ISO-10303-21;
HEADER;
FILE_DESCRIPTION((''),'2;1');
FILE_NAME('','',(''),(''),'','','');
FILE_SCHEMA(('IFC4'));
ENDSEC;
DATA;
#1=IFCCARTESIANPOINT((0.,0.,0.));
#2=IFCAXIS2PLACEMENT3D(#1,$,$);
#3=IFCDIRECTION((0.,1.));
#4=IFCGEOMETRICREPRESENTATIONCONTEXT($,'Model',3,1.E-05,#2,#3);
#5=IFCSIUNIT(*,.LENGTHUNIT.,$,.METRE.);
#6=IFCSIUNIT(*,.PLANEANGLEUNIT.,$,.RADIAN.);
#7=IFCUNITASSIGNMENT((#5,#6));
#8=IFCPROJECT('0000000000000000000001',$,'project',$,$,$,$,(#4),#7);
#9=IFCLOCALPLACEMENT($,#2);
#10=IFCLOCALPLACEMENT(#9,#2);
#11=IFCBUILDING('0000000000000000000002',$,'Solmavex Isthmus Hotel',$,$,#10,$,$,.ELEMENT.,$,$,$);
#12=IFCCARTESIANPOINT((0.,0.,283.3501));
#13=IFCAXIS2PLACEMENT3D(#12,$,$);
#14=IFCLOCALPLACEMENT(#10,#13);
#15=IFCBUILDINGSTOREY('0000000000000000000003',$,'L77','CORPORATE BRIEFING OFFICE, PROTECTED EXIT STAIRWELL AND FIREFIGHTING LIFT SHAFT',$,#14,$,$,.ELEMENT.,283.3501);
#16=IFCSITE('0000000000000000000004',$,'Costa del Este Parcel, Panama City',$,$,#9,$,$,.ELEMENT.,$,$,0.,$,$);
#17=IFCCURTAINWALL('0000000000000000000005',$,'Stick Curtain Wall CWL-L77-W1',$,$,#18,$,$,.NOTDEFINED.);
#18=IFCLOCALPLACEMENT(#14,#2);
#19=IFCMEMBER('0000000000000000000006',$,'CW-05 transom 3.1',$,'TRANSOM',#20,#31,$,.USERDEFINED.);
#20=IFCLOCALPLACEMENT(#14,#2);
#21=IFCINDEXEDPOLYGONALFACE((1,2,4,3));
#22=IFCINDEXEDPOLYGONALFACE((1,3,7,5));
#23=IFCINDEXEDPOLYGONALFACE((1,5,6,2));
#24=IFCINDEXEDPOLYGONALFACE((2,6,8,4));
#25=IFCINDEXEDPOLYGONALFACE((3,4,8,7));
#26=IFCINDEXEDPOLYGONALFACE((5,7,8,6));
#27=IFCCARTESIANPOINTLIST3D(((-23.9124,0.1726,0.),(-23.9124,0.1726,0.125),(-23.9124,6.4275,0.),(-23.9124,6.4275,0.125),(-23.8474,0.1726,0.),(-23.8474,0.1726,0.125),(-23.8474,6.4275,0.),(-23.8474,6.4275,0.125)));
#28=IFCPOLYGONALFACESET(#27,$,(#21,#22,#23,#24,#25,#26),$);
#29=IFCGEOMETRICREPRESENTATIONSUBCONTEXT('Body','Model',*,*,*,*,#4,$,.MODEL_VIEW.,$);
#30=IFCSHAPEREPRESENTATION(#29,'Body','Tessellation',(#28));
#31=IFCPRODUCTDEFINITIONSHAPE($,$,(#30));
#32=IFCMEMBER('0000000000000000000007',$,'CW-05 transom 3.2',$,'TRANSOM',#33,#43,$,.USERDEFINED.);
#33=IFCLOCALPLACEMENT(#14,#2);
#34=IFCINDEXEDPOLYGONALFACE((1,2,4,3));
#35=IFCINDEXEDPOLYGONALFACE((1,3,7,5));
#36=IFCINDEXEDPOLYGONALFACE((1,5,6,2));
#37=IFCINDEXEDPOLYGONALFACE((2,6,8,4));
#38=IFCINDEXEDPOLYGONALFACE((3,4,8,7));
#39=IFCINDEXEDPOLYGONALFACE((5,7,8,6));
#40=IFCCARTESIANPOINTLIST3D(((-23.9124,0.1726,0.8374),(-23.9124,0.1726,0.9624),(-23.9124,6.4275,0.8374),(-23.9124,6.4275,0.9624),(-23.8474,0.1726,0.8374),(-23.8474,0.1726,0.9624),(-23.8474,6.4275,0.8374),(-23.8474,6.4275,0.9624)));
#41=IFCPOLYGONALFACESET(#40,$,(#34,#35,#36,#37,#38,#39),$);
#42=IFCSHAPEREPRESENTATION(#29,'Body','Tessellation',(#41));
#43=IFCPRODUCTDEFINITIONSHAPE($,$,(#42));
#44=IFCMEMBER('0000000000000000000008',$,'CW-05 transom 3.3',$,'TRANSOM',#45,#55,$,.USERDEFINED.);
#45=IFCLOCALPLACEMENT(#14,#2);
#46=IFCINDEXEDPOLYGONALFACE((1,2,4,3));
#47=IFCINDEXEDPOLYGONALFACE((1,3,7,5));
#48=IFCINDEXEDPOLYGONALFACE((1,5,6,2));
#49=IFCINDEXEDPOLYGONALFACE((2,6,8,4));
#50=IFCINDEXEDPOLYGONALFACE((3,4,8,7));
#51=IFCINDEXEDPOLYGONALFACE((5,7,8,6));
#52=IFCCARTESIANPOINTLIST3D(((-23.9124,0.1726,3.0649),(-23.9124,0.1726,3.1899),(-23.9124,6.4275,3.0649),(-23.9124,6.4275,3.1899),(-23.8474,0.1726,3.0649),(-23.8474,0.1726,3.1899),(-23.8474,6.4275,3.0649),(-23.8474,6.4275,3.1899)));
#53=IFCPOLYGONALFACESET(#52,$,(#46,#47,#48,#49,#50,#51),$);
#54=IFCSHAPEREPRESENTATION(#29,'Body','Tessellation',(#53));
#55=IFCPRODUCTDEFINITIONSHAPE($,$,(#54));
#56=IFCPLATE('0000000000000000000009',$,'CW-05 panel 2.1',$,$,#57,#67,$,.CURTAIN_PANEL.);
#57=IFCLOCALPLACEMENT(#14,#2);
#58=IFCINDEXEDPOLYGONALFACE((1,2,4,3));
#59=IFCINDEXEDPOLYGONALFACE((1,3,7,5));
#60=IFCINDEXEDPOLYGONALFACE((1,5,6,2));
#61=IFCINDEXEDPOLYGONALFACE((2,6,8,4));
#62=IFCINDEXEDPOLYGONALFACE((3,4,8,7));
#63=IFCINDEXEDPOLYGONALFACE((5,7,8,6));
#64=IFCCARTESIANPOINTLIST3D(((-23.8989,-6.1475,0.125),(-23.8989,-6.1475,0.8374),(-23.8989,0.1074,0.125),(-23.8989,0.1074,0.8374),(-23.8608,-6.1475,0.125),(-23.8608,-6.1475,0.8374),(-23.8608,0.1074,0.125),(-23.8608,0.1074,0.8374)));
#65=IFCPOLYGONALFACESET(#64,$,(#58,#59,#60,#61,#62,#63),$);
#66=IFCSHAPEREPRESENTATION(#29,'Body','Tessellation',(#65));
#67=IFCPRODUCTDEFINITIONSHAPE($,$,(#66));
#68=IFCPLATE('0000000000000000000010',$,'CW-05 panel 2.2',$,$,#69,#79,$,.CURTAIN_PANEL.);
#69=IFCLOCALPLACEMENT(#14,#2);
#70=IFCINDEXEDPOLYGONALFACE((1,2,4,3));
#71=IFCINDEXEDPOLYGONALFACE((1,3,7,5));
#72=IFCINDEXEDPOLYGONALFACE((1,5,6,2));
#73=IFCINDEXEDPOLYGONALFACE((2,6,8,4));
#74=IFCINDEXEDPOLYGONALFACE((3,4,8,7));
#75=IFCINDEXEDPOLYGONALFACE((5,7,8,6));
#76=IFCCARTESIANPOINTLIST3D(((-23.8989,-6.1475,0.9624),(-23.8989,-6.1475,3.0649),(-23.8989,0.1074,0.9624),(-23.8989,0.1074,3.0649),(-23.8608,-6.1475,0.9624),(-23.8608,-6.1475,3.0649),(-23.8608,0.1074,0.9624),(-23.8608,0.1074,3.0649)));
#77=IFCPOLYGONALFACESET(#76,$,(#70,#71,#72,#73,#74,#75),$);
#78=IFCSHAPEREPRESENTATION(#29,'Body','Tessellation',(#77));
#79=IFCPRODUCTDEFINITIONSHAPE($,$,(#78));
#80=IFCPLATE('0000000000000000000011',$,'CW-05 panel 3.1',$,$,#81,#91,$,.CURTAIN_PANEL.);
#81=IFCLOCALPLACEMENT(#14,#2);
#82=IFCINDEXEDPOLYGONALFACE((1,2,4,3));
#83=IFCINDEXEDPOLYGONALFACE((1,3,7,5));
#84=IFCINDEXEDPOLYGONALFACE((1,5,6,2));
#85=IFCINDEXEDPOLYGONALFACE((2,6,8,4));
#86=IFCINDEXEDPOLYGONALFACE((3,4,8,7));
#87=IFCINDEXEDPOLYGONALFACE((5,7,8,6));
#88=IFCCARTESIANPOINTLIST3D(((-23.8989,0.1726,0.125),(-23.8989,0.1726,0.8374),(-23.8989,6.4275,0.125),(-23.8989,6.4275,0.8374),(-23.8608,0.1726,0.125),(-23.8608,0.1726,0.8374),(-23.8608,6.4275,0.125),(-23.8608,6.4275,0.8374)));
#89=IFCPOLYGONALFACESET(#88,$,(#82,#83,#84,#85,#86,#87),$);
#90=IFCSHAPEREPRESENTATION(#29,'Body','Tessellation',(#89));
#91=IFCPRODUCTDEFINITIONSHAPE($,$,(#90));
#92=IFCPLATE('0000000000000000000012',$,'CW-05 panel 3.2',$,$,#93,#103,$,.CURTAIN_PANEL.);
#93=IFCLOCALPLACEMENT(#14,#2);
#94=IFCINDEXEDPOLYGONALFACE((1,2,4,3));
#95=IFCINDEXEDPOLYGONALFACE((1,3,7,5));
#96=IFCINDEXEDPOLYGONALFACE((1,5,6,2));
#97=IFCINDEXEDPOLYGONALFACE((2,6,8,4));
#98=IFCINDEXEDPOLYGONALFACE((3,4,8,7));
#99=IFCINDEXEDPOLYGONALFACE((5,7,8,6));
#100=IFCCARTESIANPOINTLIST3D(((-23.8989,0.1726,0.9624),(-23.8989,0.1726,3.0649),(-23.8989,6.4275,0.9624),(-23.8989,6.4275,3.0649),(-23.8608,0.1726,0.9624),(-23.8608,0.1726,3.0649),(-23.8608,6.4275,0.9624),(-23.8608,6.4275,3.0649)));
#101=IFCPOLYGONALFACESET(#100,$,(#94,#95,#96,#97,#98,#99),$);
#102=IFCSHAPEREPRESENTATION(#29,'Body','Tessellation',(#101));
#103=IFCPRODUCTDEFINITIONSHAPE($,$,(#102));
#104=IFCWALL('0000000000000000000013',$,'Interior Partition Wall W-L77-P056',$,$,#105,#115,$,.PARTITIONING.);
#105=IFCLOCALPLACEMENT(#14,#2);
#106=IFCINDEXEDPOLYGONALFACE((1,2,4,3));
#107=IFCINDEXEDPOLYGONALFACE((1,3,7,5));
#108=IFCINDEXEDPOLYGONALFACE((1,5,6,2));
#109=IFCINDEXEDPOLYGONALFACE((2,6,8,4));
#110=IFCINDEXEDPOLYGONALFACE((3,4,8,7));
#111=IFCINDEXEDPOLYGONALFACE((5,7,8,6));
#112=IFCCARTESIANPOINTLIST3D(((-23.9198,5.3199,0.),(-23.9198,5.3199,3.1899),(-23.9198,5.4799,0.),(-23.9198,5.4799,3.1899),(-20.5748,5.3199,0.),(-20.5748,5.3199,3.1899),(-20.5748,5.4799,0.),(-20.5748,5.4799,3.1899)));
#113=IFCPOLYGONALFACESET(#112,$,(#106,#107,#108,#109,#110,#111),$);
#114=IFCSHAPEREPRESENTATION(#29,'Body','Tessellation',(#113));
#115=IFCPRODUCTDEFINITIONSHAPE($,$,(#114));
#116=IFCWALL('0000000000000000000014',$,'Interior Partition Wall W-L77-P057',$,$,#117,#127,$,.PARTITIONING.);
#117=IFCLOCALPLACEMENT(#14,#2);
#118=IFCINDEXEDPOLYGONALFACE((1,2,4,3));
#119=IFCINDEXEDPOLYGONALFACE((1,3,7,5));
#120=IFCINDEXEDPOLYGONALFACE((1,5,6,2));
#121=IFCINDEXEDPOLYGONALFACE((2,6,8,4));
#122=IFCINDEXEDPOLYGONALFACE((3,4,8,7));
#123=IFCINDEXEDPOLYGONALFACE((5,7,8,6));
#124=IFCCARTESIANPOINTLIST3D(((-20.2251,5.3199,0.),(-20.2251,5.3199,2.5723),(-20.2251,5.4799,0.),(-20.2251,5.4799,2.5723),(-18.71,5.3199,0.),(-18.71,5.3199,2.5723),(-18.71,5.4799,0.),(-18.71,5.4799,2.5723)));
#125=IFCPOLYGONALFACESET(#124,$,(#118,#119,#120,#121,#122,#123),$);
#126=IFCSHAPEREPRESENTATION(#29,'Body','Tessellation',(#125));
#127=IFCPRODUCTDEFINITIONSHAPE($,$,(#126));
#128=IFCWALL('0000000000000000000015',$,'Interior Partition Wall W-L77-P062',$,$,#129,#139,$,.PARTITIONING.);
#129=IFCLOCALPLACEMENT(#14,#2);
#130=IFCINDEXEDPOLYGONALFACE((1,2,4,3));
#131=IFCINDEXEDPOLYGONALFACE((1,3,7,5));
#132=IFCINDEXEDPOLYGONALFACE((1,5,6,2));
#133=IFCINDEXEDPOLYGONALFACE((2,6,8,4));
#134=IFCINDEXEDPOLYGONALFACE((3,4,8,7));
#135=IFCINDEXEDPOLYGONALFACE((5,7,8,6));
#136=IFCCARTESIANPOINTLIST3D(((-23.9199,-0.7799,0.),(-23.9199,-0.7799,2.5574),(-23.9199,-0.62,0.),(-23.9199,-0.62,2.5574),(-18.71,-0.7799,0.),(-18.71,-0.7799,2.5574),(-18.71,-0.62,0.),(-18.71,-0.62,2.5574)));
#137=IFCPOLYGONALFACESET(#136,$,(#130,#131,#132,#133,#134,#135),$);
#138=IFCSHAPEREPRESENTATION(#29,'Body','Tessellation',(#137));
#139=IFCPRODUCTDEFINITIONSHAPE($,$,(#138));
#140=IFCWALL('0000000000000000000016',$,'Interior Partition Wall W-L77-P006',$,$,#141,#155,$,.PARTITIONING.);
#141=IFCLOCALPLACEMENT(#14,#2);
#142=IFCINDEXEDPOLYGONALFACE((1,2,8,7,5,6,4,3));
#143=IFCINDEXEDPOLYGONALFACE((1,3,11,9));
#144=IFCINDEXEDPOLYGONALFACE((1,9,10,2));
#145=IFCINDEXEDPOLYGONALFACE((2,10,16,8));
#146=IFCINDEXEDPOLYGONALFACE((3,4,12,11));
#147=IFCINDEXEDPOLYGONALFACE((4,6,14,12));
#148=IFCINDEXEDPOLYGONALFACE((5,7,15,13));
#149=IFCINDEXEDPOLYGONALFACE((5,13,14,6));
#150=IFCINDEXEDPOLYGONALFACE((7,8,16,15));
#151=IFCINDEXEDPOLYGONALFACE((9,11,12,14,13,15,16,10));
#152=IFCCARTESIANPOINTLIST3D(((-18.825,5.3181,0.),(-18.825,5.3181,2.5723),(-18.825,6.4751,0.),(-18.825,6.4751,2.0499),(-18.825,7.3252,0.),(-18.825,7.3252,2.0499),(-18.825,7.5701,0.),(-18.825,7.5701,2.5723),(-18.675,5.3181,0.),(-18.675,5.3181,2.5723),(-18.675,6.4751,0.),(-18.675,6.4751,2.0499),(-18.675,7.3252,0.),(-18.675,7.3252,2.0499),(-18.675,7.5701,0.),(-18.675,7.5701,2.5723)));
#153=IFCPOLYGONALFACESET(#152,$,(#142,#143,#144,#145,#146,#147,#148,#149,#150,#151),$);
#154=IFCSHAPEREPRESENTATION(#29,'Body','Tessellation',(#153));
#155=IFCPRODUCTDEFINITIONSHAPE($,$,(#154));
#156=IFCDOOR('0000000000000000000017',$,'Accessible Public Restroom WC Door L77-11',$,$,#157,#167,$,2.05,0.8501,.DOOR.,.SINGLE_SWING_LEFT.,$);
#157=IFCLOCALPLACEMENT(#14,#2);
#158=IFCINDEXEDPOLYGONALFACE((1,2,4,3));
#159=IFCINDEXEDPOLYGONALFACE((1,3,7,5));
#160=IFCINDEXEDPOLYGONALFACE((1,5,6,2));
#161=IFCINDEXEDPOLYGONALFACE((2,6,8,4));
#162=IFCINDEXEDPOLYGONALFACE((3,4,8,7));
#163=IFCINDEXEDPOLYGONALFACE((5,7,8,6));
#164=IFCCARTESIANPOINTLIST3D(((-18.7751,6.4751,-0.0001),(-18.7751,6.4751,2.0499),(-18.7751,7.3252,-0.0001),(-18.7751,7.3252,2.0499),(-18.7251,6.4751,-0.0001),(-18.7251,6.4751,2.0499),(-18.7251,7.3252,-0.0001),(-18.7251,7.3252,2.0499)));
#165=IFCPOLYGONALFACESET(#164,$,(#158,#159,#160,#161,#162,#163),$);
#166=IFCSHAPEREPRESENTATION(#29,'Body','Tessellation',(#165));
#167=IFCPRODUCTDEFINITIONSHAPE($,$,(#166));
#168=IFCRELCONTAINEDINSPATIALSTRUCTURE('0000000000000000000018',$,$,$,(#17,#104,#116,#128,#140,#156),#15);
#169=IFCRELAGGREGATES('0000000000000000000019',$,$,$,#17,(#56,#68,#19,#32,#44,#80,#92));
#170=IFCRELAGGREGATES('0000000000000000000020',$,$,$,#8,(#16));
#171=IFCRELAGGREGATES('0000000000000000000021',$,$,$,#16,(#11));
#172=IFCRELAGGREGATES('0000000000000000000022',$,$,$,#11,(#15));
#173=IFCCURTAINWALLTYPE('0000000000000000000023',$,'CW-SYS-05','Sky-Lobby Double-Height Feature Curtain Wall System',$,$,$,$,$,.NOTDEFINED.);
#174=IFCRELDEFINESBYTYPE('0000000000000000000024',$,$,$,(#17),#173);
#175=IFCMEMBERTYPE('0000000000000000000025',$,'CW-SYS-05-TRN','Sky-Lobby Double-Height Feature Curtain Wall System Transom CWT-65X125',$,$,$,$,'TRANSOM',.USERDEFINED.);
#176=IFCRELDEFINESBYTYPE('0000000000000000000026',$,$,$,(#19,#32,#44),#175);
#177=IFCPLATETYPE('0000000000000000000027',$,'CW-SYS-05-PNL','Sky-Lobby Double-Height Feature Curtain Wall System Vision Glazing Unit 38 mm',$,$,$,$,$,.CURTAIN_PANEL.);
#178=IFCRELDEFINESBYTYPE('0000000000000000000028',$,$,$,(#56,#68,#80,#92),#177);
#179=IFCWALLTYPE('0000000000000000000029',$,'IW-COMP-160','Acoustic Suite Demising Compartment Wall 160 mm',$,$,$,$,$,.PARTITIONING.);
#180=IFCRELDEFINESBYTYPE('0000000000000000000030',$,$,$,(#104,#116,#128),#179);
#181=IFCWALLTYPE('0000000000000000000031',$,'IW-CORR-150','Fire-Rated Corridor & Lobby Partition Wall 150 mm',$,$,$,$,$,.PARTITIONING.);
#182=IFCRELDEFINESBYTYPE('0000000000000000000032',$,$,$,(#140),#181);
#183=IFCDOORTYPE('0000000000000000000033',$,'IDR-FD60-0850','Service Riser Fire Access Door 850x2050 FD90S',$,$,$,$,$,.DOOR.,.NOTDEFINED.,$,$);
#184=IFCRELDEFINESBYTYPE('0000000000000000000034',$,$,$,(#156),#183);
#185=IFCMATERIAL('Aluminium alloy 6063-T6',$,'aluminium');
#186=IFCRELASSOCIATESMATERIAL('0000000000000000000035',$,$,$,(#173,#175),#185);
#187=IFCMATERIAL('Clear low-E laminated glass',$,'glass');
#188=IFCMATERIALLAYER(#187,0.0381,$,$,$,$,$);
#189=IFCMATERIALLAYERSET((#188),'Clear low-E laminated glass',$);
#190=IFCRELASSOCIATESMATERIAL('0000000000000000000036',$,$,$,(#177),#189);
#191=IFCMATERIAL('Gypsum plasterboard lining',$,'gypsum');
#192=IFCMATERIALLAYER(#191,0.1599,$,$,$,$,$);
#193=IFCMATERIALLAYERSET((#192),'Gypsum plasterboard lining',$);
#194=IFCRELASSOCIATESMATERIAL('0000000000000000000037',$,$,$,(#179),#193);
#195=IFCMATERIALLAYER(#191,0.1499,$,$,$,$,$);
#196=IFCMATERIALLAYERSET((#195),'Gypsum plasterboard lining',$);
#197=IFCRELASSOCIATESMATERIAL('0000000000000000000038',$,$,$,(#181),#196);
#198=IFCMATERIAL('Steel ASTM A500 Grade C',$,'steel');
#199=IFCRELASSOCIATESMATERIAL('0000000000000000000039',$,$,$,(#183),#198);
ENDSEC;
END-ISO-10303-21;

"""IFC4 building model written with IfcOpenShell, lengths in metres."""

from ifc_helpers import new_model, si_unit, direction, frame, frame_2d, origin, origin_2d, place, context, subcontext, project, spatial, rectangle, extrude, material, layer, layer_set, material_profile, profile_set, type_object, element, fill, aggregate, save


model = new_model("IFC4")

# Units and contexts
model_context = context("Model", 3, precision=1e-05, world=origin(), true_north=direction((0.0, 1.0)))
body_context = subcontext(model_context, "Body", "Model", "MODEL_VIEW")
ifc_project = project(units=[si_unit("LENGTHUNIT", "METRE"), si_unit("PLANEANGLEUNIT", "RADIAN")], contexts=[model_context])

# Site, building, storey
site_placement = place(None, origin())
site = spatial("IfcSite", under=ifc_project, at=site_placement, Name="Costa del Este Parcel, Panama City", CompositionType="ELEMENT", RefElevation=0.0)
building_placement = place(site_placement, origin())
building = spatial("IfcBuilding", under=site, at=building_placement, Name="Solmavex Isthmus Hotel", CompositionType="ELEMENT")
storey_placement = place(building_placement, frame((0.0, 0.0, 283.3501)))
storey = spatial("IfcBuildingStorey", under=building, at=storey_placement, Name="L77", Description="CORPORATE BRIEFING OFFICE, PROTECTED EXIT STAIRWELL AND FIREFIGHTING LIFT SHAFT", CompositionType="ELEMENT", Elevation=283.3501)

# Curtain wall, members, plates
ifc_material_1 = material(Name="Aluminium alloy 6063-T6", Category="aluminium")
curtain_wall_type = type_object("IfcCurtainWallType", Name="CW-SYS-05", Description="Sky-Lobby Double-Height Feature Curtain Wall System", PredefinedType="NOTDEFINED", material=ifc_material_1)
curtain_wall_placement = place(storey_placement, origin())
curtain_wall = element("IfcCurtainWall", 1, at=curtain_wall_placement, inside=storey, type_object=curtain_wall_type, Name="Stick Curtain Wall CWL-L77-W1", PredefinedType="NOTDEFINED")
ifc_material_profile_1 = material_profile(ifc_material_1, rectangle(XDim=0.0649, YDim=0.125, at=origin_2d()), Name="CWT-65X125")
ifc_profile_set_1 = profile_set([ifc_material_profile_1], Name="Aluminium alloy 6063-T6")
member_type_1 = type_object("IfcMemberType", Name="CW-SYS-05-TRN", Description="Sky-Lobby Double-Height Feature Curtain Wall System Transom CWT-65X125", ElementType="TRANSOM", PredefinedType="USERDEFINED", material=ifc_profile_set_1)
member_1_placement = place(storey_placement, frame((-23.8799, 0.1726, 0.0625), z_axis=(0.0, 1.0, 0.0), x_axis=(-1.0, 0.0, 0.0)))
member_1 = element("IfcMember", 2, at=member_1_placement, type_object=member_type_1, Name="CW-05 transom 3.1", ObjectType="TRANSOM", PredefinedType="USERDEFINED", context=body_context, shape_type="SweptSolid", body=[
    extrude(rectangle(XDim=0.0649, YDim=0.125, at=origin_2d()), origin(), (0.0, 0.0, 1.0), 6.2549),
])
member_2_placement = place(storey_placement, frame((-23.8799, 0.1726, 0.8999), z_axis=(0.0, 1.0, 0.0), x_axis=(-1.0, 0.0, 0.0)))
member_2 = element("IfcMember", 3, at=member_2_placement, type_object=member_type_1, Name="CW-05 transom 3.2", ObjectType="TRANSOM", PredefinedType="USERDEFINED", context=body_context, shape_type="SweptSolid", body=[
    extrude(rectangle(XDim=0.0649, YDim=0.125, at=origin_2d()), origin(), (0.0, 0.0, 1.0), 6.2549),
])
member_3_placement = place(storey_placement, frame((-23.8799, 0.1726, 3.1274), z_axis=(0.0, 1.0, 0.0), x_axis=(-1.0, 0.0, 0.0)))
member_3 = element("IfcMember", 4, at=member_3_placement, type_object=member_type_1, Name="CW-05 transom 3.3", ObjectType="TRANSOM", PredefinedType="USERDEFINED", context=body_context, shape_type="SweptSolid", body=[
    extrude(rectangle(XDim=0.0649, YDim=0.125, at=origin_2d()), origin(), (0.0, 0.0, 1.0), 6.2549),
])
ifc_material_2 = material(Name="Clear low-E laminated glass", Category="glass")
ifc_layer_1 = layer(ifc_material_2, 0.0381)
ifc_layer_set_1 = layer_set([ifc_layer_1], Name="Clear low-E laminated glass")
plate_type = type_object("IfcPlateType", Name="CW-SYS-05-PNL", Description="Sky-Lobby Double-Height Feature Curtain Wall System Vision Glazing Unit 38 mm", PredefinedType="CURTAIN_PANEL", material=ifc_layer_set_1)
plate_1_placement = place(storey_placement, frame((-23.8799, -3.02, 0.125), z_axis=(0.0, 0.0, 1.0), x_axis=(0.0, 1.0, 0.0)))
plate_1 = element("IfcPlate", 5, at=plate_1_placement, type_object=plate_type, Name="CW-05 panel 2.1", PredefinedType="CURTAIN_PANEL", context=body_context, shape_type="SweptSolid", body=[
    extrude(rectangle(XDim=6.2549, YDim=0.0381, at=origin_2d()), origin(), (0.0, 0.0, 1.0), 0.7124),
])
plate_2_placement = place(storey_placement, frame((-23.8799, -3.02, 0.9624), z_axis=(0.0, 0.0, 1.0), x_axis=(0.0, 1.0, 0.0)))
plate_2 = element("IfcPlate", 6, at=plate_2_placement, type_object=plate_type, Name="CW-05 panel 2.2", PredefinedType="CURTAIN_PANEL", context=body_context, shape_type="SweptSolid", body=[
    extrude(rectangle(XDim=6.2549, YDim=0.0381, at=origin_2d()), origin(), (0.0, 0.0, 1.0), 2.1025),
])
plate_3_placement = place(storey_placement, frame((-23.8799, 3.3, 0.125), z_axis=(0.0, 0.0, 1.0), x_axis=(0.0, 1.0, 0.0)))
plate_3 = element("IfcPlate", 7, at=plate_3_placement, type_object=plate_type, Name="CW-05 panel 3.1", PredefinedType="CURTAIN_PANEL", context=body_context, shape_type="SweptSolid", body=[
    extrude(rectangle(XDim=6.2549, YDim=0.0381, at=origin_2d()), origin(), (0.0, 0.0, 1.0), 0.7124),
])
plate_4_placement = place(storey_placement, frame((-23.8799, 3.3, 0.9624), z_axis=(0.0, 0.0, 1.0), x_axis=(0.0, 1.0, 0.0)))
plate_4 = element("IfcPlate", 8, at=plate_4_placement, type_object=plate_type, Name="CW-05 panel 3.2", PredefinedType="CURTAIN_PANEL", context=body_context, shape_type="SweptSolid", body=[
    extrude(rectangle(XDim=6.2549, YDim=0.0381, at=origin_2d()), origin(), (0.0, 0.0, 1.0), 2.1025),
])
aggregate(curtain_wall, [plate_1, plate_2, member_1, member_2, member_3, plate_3, plate_4])

# Walls
ifc_material_3 = material(Name="Gypsum plasterboard lining", Category="gypsum")
ifc_layer_2 = layer(ifc_material_3, 0.1599)
ifc_layer_set_2 = layer_set([ifc_layer_2], Name="Gypsum plasterboard lining")
wall_type_1 = type_object("IfcWallType", Name="IW-COMP-160", Description="Acoustic Suite Demising Compartment Wall 160 mm", PredefinedType="PARTITIONING", material=ifc_layer_set_2)
wall_1_placement = place(storey_placement, frame((-20.575, 5.3999, 0.0), z_axis=(0.0, 0.0, 1.0), x_axis=(-1.0, 0.0, 0.0)))
element("IfcWall", 9, at=wall_1_placement, inside=storey, type_object=wall_type_1, Name="Interior Partition Wall W-L77-P056", PredefinedType="PARTITIONING", context=body_context, shape_type="SweptSolid", body=[
    extrude(rectangle(XDim=3.345, YDim=0.1599, at=frame_2d((1.6724, 0.0))), origin(), (0.0, 0.0, 1.0), 3.1899),
])
wall_2_placement = place(storey_placement, frame((-18.71, 5.3999, 0.0), z_axis=(0.0, 0.0, 1.0), x_axis=(-1.0, 0.0, 0.0)))
element("IfcWall", 10, at=wall_2_placement, inside=storey, type_object=wall_type_1, Name="Interior Partition Wall W-L77-P057", PredefinedType="PARTITIONING", context=body_context, shape_type="SweptSolid", body=[
    extrude(rectangle(XDim=1.5151, YDim=0.1599, at=frame_2d((0.7576, 0.0))), origin(), (0.0, 0.0, 1.0), 2.5723),
])
wall_3_placement = place(storey_placement, frame((-18.71, -0.7, 0.0), z_axis=(0.0, 0.0, 1.0), x_axis=(-1.0, 0.0, 0.0)))
element("IfcWall", 11, at=wall_3_placement, inside=storey, type_object=wall_type_1, Name="Interior Partition Wall W-L77-P062", PredefinedType="PARTITIONING", context=body_context, shape_type="SweptSolid", body=[
    extrude(rectangle(XDim=5.21, YDim=0.1599, at=frame_2d((2.605, 0.0))), origin(), (0.0, 0.0, 1.0), 2.5574),
])

# Wall, opening, door
ifc_layer_3 = layer(ifc_material_3, 0.1499)
ifc_layer_set_3 = layer_set([ifc_layer_3], Name="Gypsum plasterboard lining")
wall_type_2 = type_object("IfcWallType", Name="IW-CORR-150", Description="Fire-Rated Corridor & Lobby Partition Wall 150 mm", PredefinedType="PARTITIONING", material=ifc_layer_set_3)
wall_4_placement = place(storey_placement, frame((-18.75, 5.3181, 0.0), z_axis=(0.0, 0.0, 1.0), x_axis=(0.0, 1.0, 0.0)))
wall_4 = element("IfcWall", 12, at=wall_4_placement, inside=storey, type_object=wall_type_2, Name="Interior Partition Wall W-L77-P006", PredefinedType="PARTITIONING", context=body_context, shape_type="SweptSolid", body=[
    extrude(rectangle(XDim=2.252, YDim=0.1499, at=frame_2d((1.126, 0.0))), origin(), (0.0, 0.0, 1.0), 2.5723),
])
opening_1_placement = place(wall_4_placement, frame((1.157, 0.0, 0.0)))
opening_1 = element("IfcOpeningElement", 13, at=opening_1_placement, cuts=wall_4, PredefinedType="OPENING", context=body_context, shape_type="SweptSolid", body=[
    extrude(rectangle(XDim=0.8501, YDim=2.05, at=frame_2d((0.425, 1.0249))), frame((0.0, 0.085, 0.0), z_axis=(0.0, -1.0, 0.0), x_axis=(1.0, 0.0, 0.0)), (0.0, 0.0, 1.0), 0.1699),
])
ifc_material_4 = material(Name="Steel ASTM A500 Grade C", Category="steel")
door_type_1 = type_object("IfcDoorType", Name="IDR-FD60-0850", Description="Service Riser Fire Access Door 850x2050 FD90S", OperationType="NOTDEFINED", PredefinedType="DOOR", material=ifc_material_4)
door_1_placement = place(opening_1_placement, frame((0.8501, 0.0, 0.0), z_axis=(0.0, 0.0, 1.0), x_axis=(-1.0, 0.0, 0.0)))
door_1 = element("IfcDoor", 14, at=door_1_placement, inside=storey, type_object=door_type_1, Name="Accessible Public Restroom WC Door L77-11", OperationType="SINGLE_SWING_LEFT", OverallHeight=2.05, OverallWidth=0.8501, PredefinedType="DOOR", context=body_context, shape_type="SweptSolid", body=[
    extrude(rectangle(XDim=0.8501, YDim=2.05, at=frame_2d((0.425, 1.0249))), frame((0.0, 0.0249, 0.0), z_axis=(0.0, -1.0, 0.0), x_axis=(1.0, 0.0, 0.0)), (0.0, 0.0, 1.0), 0.05),
])
fill(opening_1, door_1)

save(model, "model.ifc")
